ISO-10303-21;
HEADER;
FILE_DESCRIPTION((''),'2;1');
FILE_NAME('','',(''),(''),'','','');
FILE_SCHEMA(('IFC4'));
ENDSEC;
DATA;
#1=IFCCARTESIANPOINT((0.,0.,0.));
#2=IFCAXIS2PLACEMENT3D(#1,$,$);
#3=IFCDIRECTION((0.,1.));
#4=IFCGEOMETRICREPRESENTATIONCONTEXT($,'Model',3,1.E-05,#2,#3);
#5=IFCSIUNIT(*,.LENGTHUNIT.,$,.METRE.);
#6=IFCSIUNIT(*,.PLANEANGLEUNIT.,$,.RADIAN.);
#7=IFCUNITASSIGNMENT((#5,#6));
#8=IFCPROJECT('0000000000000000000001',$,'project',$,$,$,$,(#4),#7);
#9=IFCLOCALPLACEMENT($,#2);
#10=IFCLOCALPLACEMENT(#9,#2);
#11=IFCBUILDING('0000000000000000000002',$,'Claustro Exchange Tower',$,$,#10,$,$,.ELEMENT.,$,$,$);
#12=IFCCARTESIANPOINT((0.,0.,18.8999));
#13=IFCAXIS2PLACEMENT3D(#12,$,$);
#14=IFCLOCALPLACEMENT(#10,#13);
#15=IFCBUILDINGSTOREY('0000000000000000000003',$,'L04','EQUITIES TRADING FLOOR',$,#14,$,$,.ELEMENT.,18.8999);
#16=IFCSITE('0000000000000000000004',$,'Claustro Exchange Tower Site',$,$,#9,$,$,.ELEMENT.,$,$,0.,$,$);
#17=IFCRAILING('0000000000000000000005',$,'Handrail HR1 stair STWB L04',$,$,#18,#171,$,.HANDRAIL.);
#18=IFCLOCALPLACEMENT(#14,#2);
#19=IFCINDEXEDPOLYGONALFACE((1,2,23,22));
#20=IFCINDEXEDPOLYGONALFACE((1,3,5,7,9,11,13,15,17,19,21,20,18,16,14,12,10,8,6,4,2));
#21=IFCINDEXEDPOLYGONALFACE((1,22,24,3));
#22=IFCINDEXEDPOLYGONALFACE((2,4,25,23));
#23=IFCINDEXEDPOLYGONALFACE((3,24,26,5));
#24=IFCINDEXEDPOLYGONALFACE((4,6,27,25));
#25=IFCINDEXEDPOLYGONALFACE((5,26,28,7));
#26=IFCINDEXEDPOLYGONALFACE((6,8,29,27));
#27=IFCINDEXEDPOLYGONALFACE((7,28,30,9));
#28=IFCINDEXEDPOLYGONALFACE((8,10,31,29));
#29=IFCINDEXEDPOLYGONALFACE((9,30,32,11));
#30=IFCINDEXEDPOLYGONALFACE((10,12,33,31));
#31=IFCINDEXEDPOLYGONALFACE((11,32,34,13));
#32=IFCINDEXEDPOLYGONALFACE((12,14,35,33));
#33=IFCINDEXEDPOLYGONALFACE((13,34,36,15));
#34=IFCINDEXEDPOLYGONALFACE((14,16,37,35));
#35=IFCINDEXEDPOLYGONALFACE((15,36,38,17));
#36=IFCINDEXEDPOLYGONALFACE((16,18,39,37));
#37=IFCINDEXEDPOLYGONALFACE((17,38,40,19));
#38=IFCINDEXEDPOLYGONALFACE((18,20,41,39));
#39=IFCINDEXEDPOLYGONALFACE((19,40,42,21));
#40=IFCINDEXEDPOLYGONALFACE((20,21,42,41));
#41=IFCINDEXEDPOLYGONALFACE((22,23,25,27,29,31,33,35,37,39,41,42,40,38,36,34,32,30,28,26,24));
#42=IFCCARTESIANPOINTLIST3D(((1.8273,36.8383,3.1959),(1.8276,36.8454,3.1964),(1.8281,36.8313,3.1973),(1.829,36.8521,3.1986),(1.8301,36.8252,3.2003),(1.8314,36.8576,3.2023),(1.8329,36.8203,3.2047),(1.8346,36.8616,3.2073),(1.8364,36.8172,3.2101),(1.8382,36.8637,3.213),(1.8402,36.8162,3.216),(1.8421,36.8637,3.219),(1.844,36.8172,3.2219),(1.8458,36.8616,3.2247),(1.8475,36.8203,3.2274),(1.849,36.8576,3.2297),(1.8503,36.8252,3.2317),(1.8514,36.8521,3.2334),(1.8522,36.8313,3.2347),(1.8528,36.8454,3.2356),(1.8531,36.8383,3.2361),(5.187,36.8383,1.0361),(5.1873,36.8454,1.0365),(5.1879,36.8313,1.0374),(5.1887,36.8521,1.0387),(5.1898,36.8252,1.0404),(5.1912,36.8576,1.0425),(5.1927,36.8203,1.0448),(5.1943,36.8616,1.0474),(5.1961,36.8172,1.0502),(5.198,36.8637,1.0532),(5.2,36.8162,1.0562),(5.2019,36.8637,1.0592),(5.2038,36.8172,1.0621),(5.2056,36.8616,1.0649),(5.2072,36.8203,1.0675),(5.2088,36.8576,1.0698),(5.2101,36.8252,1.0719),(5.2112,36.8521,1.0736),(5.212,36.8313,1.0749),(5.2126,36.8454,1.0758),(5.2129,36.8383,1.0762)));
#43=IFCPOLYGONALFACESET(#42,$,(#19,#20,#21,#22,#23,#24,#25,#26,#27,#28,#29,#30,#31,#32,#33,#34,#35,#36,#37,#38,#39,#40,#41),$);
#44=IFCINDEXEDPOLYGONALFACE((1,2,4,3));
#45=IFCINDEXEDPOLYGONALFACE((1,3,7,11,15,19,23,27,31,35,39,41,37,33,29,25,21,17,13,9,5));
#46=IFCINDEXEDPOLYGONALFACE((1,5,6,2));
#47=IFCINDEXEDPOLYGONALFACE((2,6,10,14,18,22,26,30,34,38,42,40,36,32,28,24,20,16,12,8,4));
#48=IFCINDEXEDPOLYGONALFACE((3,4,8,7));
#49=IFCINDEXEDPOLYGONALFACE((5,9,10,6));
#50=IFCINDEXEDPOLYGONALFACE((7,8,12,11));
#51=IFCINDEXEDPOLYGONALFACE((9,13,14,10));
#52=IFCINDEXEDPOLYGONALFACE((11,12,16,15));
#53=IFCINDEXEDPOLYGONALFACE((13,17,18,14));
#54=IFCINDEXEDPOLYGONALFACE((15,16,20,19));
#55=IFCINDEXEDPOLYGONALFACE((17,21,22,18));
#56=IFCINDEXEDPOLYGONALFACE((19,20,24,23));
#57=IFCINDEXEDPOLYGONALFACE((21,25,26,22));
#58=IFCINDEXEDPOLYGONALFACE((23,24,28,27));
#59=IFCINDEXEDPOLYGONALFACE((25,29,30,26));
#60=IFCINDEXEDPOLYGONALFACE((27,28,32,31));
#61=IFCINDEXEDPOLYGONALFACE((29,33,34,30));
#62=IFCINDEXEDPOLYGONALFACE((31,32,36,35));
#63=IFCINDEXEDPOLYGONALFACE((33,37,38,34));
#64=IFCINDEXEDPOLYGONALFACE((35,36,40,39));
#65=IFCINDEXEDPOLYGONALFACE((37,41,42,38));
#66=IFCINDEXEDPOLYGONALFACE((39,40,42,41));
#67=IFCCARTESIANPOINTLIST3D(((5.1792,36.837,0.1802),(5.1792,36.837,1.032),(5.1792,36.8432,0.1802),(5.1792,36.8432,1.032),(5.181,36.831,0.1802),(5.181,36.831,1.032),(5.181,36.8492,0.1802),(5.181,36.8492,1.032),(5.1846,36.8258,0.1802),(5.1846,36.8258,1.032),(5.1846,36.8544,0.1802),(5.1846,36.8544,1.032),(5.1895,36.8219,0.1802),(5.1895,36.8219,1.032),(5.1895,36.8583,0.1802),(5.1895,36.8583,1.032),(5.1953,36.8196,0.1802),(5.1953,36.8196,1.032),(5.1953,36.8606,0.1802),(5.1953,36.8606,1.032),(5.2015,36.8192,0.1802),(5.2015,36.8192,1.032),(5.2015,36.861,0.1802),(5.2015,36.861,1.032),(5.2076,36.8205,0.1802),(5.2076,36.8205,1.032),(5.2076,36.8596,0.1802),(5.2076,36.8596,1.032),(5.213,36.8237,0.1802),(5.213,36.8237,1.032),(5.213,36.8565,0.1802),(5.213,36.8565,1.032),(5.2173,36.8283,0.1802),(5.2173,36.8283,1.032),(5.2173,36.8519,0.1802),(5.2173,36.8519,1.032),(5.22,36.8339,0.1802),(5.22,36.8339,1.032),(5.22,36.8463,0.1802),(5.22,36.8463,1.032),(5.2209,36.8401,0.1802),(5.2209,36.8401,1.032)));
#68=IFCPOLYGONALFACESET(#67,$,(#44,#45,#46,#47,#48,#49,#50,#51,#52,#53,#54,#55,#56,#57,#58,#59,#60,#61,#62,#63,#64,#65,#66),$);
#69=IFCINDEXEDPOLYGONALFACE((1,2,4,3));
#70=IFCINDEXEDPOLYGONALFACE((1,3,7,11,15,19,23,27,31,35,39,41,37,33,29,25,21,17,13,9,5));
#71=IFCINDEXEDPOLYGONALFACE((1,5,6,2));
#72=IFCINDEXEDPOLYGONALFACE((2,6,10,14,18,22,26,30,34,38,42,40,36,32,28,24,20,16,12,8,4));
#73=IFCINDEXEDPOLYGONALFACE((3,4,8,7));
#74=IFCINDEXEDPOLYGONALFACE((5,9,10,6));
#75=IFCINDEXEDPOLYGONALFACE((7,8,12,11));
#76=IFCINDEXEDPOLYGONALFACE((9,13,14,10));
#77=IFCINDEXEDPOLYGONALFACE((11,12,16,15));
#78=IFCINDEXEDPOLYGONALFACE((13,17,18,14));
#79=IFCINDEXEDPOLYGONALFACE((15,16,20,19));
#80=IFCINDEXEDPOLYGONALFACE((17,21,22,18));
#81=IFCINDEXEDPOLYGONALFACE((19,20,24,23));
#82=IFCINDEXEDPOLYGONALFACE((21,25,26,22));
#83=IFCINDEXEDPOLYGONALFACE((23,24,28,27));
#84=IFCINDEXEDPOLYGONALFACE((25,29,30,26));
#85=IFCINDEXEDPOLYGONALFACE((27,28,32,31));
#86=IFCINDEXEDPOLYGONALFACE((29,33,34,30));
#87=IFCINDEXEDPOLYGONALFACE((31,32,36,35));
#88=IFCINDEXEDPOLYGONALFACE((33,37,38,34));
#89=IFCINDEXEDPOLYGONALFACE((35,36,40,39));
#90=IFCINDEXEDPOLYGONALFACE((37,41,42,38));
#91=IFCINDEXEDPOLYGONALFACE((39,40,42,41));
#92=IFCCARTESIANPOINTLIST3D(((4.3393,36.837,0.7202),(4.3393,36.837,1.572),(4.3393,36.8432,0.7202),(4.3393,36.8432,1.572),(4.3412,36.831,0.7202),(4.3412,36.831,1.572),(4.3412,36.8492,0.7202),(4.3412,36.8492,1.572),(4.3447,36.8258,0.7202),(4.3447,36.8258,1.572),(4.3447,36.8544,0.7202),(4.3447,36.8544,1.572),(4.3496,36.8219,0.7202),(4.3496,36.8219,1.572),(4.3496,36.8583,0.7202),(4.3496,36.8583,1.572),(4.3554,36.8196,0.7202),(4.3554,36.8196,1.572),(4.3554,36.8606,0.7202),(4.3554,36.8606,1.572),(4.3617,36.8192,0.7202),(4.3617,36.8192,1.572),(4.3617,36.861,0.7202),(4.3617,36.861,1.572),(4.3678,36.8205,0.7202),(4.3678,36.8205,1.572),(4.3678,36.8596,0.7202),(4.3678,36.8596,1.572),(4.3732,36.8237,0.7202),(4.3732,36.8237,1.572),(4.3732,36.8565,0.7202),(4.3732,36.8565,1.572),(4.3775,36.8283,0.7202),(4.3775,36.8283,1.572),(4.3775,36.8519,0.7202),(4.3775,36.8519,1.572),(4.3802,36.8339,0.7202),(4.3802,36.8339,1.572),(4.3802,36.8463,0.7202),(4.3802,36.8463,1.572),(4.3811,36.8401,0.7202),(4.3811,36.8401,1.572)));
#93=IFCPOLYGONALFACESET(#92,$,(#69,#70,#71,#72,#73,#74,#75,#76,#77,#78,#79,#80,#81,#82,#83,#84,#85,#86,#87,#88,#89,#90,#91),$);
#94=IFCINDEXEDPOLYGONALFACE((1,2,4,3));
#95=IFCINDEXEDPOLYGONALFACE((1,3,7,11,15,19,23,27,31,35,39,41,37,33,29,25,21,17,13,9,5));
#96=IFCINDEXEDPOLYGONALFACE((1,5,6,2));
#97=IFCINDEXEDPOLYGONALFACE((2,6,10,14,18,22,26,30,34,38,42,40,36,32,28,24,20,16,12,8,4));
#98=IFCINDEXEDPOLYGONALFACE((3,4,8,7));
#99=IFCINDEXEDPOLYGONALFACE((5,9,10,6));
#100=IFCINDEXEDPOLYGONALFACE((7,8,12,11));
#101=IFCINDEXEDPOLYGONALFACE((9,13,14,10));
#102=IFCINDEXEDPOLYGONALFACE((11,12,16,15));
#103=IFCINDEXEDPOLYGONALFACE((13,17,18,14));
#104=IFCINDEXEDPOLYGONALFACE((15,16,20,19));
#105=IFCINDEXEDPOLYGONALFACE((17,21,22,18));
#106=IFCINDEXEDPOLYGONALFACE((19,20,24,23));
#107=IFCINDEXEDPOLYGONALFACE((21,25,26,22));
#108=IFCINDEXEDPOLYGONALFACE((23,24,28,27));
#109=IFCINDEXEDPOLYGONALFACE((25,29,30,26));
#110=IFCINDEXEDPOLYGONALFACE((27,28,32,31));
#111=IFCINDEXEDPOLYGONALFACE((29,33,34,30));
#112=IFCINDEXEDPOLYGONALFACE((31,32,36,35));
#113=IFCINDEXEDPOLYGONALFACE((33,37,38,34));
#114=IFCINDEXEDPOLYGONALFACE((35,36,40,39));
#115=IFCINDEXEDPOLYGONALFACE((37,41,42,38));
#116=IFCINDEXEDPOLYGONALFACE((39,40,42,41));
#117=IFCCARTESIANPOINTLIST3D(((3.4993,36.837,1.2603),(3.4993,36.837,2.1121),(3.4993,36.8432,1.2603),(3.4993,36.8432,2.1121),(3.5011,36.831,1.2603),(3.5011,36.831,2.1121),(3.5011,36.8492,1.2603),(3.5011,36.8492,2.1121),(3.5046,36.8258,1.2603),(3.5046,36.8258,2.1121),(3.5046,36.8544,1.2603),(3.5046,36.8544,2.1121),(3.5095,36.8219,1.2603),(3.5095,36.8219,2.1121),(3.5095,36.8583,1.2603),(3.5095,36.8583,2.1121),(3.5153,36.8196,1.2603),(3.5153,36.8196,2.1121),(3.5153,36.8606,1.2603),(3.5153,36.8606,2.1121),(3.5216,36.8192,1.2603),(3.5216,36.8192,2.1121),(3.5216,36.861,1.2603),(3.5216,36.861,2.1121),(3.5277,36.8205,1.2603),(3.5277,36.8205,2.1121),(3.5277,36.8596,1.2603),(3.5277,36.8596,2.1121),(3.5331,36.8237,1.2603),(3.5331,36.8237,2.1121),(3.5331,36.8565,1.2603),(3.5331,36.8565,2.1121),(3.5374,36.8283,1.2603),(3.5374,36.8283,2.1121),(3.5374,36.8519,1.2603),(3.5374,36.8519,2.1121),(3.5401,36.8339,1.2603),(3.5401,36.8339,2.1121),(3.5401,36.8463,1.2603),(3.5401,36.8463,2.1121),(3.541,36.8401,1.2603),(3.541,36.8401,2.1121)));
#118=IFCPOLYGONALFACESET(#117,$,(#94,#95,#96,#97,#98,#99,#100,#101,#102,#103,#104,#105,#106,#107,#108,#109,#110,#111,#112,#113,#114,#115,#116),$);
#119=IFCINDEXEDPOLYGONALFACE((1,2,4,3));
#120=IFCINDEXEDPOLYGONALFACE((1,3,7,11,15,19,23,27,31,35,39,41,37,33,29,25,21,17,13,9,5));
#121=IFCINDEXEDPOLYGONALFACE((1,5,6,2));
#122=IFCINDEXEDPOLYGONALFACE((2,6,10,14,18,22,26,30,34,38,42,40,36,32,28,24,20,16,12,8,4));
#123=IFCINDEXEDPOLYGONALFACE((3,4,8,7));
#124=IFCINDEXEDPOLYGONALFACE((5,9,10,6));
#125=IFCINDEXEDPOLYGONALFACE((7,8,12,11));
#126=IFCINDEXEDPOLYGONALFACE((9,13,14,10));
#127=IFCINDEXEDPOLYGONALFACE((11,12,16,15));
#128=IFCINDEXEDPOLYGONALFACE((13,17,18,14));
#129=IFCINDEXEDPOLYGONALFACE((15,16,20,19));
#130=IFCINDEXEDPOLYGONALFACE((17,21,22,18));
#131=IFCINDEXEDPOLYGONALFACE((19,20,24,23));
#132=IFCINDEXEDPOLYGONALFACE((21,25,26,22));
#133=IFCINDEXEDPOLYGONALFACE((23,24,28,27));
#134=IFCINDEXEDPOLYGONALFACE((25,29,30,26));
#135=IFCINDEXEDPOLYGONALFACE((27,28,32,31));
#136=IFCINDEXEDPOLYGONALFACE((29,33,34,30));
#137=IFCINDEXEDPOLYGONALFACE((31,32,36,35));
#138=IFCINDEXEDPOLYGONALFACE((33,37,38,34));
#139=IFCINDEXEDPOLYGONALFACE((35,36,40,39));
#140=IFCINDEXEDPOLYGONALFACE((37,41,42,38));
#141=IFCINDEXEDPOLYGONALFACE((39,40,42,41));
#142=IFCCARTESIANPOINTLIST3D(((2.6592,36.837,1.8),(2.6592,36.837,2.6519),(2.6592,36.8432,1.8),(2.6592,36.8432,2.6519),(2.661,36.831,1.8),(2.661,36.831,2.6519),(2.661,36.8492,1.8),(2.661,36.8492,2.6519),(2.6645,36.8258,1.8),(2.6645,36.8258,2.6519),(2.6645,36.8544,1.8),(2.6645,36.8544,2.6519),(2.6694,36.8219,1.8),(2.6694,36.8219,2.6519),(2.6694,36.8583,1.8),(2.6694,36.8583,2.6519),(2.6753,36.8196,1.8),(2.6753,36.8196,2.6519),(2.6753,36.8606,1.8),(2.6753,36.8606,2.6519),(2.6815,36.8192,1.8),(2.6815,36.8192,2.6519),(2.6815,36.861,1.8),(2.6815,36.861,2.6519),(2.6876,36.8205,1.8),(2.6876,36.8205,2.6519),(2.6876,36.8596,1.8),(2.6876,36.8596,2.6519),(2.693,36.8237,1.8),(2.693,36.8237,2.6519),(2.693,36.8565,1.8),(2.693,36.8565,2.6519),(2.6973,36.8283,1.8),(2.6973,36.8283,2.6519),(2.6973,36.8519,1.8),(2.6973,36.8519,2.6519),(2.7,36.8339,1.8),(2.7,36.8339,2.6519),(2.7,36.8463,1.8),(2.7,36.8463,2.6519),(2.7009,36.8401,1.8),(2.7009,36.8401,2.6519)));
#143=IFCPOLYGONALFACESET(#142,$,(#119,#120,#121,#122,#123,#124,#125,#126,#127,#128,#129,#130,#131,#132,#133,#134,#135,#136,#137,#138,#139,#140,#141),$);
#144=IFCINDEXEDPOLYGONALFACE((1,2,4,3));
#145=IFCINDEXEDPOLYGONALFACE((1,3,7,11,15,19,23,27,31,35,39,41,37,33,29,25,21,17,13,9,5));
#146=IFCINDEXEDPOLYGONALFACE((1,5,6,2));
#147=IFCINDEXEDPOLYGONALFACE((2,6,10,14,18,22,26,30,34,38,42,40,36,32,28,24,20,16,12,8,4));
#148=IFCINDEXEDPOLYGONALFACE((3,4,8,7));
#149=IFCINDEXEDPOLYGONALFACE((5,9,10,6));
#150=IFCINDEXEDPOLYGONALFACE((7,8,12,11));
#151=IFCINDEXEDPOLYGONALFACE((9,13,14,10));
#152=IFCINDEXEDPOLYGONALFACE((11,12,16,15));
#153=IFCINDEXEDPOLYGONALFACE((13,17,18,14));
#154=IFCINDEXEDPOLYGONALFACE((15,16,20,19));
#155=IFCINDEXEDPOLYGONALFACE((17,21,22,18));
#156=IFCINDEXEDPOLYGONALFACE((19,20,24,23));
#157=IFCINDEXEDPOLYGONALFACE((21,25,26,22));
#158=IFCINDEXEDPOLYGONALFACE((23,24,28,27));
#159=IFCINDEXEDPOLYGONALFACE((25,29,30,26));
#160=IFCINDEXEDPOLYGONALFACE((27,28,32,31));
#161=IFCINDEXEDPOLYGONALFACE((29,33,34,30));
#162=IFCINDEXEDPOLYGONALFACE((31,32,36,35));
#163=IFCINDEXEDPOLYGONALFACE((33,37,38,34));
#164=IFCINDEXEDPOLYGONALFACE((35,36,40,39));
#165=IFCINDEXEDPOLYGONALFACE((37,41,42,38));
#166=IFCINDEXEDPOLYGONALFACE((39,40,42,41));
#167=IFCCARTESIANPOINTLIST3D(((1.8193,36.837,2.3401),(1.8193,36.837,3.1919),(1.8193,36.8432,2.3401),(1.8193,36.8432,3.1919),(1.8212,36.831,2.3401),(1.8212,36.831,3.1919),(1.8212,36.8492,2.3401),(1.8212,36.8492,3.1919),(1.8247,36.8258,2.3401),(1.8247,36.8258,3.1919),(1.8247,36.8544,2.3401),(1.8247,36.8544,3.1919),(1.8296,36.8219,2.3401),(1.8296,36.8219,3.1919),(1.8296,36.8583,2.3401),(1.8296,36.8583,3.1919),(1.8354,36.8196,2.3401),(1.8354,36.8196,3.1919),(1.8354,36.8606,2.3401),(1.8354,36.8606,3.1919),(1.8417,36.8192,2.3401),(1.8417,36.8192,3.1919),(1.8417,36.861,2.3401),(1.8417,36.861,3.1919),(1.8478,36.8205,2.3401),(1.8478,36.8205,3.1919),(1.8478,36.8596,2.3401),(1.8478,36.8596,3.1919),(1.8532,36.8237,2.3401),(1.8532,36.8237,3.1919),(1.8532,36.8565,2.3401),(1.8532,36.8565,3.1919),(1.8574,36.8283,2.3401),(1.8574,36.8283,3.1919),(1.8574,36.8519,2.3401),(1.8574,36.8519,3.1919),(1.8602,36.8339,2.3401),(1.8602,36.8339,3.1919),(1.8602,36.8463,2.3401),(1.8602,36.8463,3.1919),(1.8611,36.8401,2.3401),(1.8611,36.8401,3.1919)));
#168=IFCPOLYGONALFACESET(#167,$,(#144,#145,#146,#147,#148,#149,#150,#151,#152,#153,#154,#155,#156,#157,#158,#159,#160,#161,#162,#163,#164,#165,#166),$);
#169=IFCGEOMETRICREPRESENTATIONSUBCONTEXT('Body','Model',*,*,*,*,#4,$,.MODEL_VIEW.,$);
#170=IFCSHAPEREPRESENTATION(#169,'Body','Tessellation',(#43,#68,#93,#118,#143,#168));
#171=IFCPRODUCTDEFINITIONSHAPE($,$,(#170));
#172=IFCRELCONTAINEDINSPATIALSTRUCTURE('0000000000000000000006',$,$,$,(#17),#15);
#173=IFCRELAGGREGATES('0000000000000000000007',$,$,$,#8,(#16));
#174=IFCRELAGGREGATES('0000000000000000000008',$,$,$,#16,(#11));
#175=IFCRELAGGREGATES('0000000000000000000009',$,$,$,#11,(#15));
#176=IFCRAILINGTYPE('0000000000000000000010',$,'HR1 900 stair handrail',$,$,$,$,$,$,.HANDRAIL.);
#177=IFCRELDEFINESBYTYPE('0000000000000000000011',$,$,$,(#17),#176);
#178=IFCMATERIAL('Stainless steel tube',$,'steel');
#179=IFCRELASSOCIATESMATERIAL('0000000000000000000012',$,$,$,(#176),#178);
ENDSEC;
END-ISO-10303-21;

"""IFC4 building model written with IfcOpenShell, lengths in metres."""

from ifc_helpers import new_model, si_unit, direction, frame, origin, origin_2d, place, context, subcontext, project, spatial, circle, extrude, material, type_object, element, save


model = new_model("IFC4")

# Units and contexts
model_context = context("Model", 3, precision=1e-05, world=origin(), true_north=direction((0.0, 1.0)))
body_context = subcontext(model_context, "Body", "Model", "MODEL_VIEW")
ifc_project = project(units=[si_unit("LENGTHUNIT", "METRE"), si_unit("PLANEANGLEUNIT", "RADIAN")], contexts=[model_context])

# Site, building, storey
site_placement = place(None, origin())
site = spatial("IfcSite", under=ifc_project, at=site_placement, Name="Claustro Exchange Tower Site", CompositionType="ELEMENT", RefElevation=0.0)
building_placement = place(site_placement, origin())
building = spatial("IfcBuilding", under=site, at=building_placement, Name="Claustro Exchange Tower", CompositionType="ELEMENT")
storey_placement = place(building_placement, frame((0.0, 0.0, 18.8999)))
storey = spatial("IfcBuildingStorey", under=building, at=storey_placement, Name="L04", Description="EQUITIES TRADING FLOOR", CompositionType="ELEMENT", Elevation=18.8999)

# Railing
ifc_material_1 = material(Name="Stainless steel tube", Category="steel")
railing_type_1 = type_object("IfcRailingType", Name="HR1 900 stair handrail", PredefinedType="HANDRAIL", material=ifc_material_1)
railing_1_placement = place(storey_placement, frame((5.2, 36.8401, 0.1802)))
element("IfcRailing", 1, at=railing_1_placement, inside=storey, type_object=railing_type_1, Name="Handrail HR1 stair STWB L04", PredefinedType="HANDRAIL", context=body_context, shape_type="SweptSolid", body=[
    extrude(circle(Radius=0.0239, at=origin_2d()), frame((0.0, 0.0, 0.876), z_axis=(-0.841178, 0.0, 0.540758), x_axis=(0.0, -1.0, 0.0)), (0.0, 0.0, 1.0), 3.9941),
    extrude(circle(Radius=0.021, at=origin_2d()), origin(), (0.0, 0.0, 1.0), 0.8518),
    extrude(circle(Radius=0.021, at=origin_2d()), frame((-0.8398, 0.0, 0.54)), (0.0, 0.0, 1.0), 0.8518),
    extrude(circle(Radius=0.021, at=origin_2d()), frame((-1.6799, 0.0, 1.0801)), (0.0, 0.0, 1.0), 0.8518),
    extrude(circle(Radius=0.021, at=origin_2d()), frame((-2.52, 0.0, 1.6199)), (0.0, 0.0, 1.0), 0.8518),
    extrude(circle(Radius=0.021, at=origin_2d()), frame((-3.3599, 0.0, 2.1599)), (0.0, 0.0, 1.0), 0.8518),
])

save(model, "model.ifc")
